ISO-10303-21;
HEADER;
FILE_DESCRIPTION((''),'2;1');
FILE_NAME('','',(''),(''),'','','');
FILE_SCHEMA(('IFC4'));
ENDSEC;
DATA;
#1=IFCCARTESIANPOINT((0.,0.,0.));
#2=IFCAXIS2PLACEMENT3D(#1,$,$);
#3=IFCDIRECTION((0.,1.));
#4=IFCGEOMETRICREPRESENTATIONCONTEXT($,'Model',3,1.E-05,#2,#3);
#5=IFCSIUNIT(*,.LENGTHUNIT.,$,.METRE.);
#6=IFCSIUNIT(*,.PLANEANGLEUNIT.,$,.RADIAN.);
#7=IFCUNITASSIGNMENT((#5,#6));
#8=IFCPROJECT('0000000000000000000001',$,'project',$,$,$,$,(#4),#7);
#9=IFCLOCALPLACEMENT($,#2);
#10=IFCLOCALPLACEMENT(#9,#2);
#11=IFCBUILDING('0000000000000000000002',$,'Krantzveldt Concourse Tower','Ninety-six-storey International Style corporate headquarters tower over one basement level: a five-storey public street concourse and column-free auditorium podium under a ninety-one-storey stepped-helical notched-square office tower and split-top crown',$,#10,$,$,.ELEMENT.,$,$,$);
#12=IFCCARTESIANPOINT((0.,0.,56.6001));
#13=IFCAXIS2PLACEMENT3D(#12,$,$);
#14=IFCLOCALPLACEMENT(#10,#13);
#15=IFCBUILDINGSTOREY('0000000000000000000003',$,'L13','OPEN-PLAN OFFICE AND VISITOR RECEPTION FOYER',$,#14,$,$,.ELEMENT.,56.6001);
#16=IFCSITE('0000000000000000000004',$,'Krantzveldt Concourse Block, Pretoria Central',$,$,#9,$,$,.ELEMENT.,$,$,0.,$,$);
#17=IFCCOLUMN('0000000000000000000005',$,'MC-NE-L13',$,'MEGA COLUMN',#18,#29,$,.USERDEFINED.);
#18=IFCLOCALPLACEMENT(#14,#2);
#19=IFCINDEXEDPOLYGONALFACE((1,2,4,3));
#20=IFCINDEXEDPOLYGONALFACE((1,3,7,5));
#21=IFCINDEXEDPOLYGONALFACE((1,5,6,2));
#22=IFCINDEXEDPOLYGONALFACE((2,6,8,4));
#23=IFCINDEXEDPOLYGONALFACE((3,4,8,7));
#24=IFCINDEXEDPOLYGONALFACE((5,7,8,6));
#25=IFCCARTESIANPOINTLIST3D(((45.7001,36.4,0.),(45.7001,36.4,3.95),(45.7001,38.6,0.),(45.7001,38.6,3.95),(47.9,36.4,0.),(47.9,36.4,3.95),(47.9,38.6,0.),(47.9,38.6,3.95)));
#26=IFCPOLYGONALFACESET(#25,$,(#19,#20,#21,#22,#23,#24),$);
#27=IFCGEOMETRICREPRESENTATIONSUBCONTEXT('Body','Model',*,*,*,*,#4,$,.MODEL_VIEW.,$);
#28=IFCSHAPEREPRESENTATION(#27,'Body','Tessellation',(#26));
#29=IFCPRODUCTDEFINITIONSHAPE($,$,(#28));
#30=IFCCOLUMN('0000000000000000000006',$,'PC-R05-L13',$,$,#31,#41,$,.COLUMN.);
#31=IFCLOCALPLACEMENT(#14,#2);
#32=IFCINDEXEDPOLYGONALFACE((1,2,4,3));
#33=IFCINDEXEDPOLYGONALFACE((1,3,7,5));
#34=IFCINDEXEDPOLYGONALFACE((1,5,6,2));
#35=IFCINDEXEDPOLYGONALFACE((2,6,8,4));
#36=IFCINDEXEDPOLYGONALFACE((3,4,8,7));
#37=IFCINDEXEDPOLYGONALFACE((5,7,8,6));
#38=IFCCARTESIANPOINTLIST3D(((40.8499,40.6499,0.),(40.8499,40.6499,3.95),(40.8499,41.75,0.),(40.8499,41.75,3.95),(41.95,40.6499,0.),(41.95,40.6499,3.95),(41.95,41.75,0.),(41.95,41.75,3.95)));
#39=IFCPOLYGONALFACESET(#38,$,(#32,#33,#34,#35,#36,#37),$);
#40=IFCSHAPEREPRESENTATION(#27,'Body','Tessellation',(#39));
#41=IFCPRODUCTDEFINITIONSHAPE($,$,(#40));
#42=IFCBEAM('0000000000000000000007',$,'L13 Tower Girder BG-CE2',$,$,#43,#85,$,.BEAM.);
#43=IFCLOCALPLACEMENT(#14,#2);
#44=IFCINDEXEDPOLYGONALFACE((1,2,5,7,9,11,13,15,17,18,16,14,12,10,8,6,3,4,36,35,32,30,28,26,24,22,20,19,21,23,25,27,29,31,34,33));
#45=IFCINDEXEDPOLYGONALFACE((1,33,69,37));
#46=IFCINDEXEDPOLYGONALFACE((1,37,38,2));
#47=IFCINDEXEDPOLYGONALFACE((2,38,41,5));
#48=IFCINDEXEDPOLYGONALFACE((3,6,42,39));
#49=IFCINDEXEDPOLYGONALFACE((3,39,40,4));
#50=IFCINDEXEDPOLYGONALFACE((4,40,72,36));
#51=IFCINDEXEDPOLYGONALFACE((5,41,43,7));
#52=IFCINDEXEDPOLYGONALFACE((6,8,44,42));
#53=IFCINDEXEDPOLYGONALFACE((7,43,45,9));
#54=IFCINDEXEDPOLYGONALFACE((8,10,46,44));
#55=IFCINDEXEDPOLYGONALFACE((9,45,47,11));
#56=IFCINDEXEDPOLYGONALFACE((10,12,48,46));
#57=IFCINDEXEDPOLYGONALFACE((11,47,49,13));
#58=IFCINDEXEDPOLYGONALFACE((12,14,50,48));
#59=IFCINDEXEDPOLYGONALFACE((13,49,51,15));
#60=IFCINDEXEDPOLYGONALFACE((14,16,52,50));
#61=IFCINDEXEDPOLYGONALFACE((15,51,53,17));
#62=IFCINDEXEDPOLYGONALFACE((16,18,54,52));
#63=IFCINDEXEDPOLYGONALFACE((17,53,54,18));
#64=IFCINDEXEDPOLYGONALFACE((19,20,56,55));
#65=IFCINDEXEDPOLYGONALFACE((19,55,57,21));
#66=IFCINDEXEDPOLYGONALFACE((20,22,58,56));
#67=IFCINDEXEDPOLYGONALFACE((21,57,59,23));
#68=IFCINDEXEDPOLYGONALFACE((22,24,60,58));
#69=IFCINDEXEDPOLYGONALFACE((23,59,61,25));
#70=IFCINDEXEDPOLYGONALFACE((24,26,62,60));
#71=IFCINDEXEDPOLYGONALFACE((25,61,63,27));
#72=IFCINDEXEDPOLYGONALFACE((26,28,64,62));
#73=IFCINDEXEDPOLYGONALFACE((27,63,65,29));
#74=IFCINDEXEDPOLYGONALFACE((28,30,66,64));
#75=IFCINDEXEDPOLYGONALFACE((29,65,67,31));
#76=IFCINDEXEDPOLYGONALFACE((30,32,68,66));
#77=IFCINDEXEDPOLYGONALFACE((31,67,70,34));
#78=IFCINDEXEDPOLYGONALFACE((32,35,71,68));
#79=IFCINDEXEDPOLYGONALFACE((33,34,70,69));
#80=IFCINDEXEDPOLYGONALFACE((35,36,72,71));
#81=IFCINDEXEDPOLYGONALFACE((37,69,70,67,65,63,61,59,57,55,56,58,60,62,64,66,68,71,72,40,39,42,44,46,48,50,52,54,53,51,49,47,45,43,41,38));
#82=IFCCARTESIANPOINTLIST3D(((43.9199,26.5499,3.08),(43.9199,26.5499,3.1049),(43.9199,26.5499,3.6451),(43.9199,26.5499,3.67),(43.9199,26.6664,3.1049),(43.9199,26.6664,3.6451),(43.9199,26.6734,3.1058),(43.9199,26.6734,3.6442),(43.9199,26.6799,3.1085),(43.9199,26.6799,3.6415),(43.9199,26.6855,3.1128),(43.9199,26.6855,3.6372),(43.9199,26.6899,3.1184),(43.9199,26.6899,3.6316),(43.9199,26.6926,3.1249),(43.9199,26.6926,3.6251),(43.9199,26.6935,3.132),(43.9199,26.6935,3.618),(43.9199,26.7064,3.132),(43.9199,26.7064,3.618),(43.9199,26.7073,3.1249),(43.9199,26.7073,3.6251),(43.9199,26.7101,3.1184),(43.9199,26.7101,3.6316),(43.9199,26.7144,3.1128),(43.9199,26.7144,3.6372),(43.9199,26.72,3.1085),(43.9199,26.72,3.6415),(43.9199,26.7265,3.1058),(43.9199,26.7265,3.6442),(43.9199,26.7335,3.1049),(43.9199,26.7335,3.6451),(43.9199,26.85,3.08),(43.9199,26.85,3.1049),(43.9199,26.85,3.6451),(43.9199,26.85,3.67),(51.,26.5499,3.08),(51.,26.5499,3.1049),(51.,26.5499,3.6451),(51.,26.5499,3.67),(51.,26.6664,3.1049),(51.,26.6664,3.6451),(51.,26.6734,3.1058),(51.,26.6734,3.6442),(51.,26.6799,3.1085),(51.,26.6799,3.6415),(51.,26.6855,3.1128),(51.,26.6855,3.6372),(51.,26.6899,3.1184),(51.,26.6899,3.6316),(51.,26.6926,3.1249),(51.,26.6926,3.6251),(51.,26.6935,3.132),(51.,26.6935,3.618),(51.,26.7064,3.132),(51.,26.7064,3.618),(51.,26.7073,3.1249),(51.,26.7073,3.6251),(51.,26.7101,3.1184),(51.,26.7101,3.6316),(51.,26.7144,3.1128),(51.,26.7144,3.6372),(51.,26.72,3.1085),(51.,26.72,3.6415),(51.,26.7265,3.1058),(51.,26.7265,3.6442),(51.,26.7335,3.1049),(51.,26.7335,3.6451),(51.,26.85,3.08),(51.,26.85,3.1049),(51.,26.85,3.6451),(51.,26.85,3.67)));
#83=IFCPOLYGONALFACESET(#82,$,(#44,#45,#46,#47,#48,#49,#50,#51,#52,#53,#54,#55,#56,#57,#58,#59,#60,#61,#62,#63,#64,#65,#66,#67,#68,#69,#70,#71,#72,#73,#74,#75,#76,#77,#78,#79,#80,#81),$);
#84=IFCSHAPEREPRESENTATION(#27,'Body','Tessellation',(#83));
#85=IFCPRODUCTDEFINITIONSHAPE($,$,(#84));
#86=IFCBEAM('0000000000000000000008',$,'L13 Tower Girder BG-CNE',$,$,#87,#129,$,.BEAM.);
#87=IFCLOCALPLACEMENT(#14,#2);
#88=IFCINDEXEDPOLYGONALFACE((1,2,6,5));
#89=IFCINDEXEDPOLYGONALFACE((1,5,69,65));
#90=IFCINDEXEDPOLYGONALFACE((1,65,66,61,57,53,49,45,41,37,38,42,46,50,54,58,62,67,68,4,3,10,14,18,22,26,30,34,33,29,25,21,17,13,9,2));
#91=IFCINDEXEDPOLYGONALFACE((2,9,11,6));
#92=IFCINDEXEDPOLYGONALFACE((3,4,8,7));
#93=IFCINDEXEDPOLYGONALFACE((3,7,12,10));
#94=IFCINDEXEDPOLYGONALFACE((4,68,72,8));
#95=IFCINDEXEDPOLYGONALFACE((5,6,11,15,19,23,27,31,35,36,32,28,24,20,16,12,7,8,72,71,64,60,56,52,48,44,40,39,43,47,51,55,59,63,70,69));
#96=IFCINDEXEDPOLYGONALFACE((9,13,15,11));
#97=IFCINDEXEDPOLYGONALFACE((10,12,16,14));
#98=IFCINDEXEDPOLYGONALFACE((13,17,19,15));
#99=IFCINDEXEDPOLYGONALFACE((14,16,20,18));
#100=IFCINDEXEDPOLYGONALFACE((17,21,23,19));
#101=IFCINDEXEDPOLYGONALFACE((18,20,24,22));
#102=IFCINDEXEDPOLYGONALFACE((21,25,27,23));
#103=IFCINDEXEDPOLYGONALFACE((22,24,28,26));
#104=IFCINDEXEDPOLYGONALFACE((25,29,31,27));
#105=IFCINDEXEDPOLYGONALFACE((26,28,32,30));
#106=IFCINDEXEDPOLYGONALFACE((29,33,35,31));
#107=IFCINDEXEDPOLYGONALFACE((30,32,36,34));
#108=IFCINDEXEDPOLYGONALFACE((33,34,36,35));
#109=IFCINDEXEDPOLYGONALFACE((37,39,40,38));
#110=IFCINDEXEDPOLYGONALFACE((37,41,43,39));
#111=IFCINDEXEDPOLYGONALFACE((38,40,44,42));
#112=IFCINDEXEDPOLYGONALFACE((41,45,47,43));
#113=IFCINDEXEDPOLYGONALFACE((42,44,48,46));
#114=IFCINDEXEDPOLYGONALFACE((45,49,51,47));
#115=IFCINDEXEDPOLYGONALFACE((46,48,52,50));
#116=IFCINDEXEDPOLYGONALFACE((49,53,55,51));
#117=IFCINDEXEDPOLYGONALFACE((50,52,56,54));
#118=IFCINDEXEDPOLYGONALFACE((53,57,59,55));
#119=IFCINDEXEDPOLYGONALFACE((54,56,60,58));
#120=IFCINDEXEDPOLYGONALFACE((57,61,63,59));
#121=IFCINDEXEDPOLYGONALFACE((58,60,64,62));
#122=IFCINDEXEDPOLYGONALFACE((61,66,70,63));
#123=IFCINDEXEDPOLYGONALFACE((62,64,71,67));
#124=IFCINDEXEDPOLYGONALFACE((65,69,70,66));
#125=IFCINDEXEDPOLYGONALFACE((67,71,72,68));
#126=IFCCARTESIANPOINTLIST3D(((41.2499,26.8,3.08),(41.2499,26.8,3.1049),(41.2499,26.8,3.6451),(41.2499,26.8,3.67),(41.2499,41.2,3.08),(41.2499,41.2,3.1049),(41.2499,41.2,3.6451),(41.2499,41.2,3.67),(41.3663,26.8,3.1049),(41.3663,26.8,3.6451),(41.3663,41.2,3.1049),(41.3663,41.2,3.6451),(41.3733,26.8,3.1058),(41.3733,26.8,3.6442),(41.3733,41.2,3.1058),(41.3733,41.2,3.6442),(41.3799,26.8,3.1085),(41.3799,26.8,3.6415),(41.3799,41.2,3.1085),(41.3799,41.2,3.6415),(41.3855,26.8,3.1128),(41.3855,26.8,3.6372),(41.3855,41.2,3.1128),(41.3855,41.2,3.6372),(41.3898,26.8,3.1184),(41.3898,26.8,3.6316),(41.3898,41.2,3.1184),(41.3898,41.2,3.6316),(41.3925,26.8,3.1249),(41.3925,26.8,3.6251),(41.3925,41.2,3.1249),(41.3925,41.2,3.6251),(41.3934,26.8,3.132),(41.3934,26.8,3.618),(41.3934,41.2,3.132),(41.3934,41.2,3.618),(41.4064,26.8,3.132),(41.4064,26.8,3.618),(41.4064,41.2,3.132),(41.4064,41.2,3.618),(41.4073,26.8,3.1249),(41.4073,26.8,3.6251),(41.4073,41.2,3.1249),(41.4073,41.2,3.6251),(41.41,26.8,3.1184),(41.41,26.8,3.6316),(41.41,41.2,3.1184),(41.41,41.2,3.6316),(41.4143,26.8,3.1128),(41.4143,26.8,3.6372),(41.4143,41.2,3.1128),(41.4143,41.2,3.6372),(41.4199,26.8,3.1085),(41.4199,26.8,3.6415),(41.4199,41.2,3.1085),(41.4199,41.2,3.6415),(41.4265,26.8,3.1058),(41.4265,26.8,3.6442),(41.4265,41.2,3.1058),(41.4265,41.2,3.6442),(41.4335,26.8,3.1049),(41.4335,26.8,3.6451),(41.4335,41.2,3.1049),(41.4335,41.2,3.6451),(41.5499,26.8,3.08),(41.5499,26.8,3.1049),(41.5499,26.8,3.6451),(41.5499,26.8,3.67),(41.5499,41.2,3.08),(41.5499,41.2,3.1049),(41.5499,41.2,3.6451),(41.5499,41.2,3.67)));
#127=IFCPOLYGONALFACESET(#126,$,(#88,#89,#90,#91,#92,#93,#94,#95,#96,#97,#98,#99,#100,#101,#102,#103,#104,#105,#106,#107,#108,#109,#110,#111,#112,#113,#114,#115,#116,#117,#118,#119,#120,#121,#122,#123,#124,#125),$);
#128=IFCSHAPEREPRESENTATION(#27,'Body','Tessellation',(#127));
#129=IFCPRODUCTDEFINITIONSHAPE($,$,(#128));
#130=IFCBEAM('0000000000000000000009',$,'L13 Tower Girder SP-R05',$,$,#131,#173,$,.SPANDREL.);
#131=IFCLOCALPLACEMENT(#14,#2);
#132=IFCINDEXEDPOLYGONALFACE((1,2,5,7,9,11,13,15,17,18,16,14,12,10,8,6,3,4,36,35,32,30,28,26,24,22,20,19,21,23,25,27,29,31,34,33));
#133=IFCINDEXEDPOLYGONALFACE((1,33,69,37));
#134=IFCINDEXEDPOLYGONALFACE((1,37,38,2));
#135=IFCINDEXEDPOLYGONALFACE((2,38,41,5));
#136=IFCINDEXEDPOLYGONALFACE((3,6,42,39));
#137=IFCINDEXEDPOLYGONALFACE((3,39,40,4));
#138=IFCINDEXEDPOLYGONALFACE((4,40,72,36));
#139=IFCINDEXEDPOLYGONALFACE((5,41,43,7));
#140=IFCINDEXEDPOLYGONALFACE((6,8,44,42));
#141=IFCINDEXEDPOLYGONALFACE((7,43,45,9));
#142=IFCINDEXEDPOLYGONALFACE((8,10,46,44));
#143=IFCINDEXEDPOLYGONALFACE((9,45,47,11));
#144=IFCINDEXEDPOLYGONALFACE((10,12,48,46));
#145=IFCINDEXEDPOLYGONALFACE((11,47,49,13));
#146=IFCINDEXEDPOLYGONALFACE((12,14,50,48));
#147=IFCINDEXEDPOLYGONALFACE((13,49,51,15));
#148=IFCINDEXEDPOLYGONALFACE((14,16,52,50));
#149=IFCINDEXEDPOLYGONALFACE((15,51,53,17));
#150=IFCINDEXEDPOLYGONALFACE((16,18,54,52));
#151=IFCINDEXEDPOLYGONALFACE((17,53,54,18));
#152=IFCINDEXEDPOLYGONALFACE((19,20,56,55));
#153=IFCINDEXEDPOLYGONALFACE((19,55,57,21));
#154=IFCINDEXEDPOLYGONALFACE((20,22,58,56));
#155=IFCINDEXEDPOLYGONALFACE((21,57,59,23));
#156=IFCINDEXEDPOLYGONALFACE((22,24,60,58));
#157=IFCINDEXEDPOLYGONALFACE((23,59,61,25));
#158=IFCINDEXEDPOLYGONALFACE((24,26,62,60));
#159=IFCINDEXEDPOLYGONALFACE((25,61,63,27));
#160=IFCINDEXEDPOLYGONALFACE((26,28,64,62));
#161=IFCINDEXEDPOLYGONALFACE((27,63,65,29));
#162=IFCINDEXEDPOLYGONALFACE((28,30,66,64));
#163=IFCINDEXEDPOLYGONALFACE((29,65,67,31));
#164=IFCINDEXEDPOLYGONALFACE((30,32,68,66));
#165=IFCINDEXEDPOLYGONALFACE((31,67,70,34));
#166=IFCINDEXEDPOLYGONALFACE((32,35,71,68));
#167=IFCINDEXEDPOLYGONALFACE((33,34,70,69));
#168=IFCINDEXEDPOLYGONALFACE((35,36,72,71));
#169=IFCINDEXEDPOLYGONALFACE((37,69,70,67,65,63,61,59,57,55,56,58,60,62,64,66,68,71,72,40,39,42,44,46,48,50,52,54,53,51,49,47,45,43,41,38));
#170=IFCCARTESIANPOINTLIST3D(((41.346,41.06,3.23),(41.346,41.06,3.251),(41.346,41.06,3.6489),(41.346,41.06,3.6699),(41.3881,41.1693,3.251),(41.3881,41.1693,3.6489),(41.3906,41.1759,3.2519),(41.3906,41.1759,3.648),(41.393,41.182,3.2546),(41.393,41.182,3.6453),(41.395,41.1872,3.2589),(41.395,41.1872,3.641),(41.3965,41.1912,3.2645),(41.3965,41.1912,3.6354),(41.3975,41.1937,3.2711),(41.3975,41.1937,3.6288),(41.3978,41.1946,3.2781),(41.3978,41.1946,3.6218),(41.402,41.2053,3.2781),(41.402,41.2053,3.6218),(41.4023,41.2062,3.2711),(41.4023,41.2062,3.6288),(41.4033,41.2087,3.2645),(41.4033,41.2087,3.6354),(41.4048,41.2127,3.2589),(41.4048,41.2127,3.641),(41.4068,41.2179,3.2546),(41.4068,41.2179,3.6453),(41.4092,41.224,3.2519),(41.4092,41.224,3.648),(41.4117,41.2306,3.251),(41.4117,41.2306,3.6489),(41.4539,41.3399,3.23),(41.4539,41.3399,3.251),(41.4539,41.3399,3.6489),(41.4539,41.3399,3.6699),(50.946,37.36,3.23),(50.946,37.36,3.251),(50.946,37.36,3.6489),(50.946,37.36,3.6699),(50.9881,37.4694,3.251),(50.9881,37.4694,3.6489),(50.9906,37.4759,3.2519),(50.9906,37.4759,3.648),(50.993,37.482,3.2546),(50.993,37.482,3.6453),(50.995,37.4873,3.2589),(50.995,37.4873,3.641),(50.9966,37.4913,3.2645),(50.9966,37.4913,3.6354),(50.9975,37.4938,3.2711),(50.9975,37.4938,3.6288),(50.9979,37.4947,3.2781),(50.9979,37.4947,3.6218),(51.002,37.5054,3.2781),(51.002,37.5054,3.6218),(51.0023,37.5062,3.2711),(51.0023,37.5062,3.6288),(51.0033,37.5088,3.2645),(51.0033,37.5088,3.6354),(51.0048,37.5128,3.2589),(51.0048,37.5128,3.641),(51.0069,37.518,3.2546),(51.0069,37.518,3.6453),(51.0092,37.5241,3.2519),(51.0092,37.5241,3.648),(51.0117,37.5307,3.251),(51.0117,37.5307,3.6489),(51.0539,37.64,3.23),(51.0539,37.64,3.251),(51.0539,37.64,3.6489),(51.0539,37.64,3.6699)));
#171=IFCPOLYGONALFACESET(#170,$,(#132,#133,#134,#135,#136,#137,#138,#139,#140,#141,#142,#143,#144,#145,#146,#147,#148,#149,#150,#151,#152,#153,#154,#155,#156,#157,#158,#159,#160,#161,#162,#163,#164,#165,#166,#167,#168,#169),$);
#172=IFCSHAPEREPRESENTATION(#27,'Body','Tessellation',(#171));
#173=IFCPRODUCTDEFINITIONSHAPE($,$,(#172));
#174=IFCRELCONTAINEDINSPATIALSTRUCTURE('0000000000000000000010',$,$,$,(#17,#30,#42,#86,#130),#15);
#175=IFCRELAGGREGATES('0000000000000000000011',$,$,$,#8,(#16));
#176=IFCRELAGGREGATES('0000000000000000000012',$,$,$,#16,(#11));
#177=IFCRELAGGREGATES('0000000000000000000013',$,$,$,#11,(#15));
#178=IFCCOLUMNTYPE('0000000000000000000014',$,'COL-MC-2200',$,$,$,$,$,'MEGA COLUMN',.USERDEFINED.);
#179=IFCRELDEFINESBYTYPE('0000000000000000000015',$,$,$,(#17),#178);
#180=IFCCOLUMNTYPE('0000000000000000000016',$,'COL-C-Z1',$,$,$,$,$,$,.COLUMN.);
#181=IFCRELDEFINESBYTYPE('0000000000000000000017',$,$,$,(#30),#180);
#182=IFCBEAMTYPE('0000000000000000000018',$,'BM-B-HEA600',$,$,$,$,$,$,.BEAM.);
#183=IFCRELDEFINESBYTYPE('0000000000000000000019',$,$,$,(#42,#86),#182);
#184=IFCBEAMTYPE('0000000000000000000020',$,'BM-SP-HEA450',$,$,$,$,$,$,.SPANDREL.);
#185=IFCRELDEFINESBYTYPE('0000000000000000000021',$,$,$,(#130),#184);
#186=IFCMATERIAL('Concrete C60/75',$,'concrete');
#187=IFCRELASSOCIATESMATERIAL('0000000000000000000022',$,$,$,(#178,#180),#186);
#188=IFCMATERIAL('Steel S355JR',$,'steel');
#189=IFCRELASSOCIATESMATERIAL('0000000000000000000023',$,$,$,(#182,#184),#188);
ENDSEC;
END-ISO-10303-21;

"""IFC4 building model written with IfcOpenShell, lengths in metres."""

from ifc_helpers import new_model, si_unit, direction, frame, origin, origin_2d, place, context, subcontext, project, spatial, rectangle, i_section, extrude, source, transform, mapped, material, material_profile, profile_set, type_object, type_shapes, element, save


model = new_model("IFC4")

# Units and contexts
model_context = context("Model", 3, precision=1e-05, world=origin(), true_north=direction((0.0, 1.0)))
body_context = subcontext(model_context, "Body", "Model", "MODEL_VIEW")
ifc_project = project(units=[si_unit("LENGTHUNIT", "METRE"), si_unit("PLANEANGLEUNIT", "RADIAN")], contexts=[model_context])

# Site, building, storey
site_placement = place(None, origin())
site = spatial("IfcSite", under=ifc_project, at=site_placement, Name="Krantzveldt Concourse Block, Pretoria Central", CompositionType="ELEMENT", RefElevation=0.0)
building_placement = place(site_placement, origin())
building = spatial("IfcBuilding", under=site, at=building_placement, Name="Krantzveldt Concourse Tower", Description="Ninety-six-storey International Style corporate headquarters tower over one basement level: a five-storey public street concourse and column-free auditorium podium under a ninety-one-storey stepped-helical notched-square office tower and split-top crown", CompositionType="ELEMENT")
storey_placement = place(building_placement, frame((0.0, 0.0, 56.6001)))
storey = spatial("IfcBuildingStorey", under=building, at=storey_placement, Name="L13", Description="OPEN-PLAN OFFICE AND VISITOR RECEPTION FOYER", CompositionType="ELEMENT", Elevation=56.6001)

# Columns
ifc_material_1 = material(Name="Concrete C60/75", Category="concrete")
ifc_material_profile_1 = material_profile(ifc_material_1, rectangle(XDim=2.2, YDim=2.2, at=origin_2d()), Name="Concrete C60/75", Category="concrete")
ifc_profile_set_1 = profile_set([ifc_material_profile_1], Name="Concrete C60/75 - RC 2200x2200")
column_type_1 = type_object("IfcColumnType", Name="COL-MC-2200", ElementType="MEGA COLUMN", PredefinedType="USERDEFINED", material=ifc_profile_set_1)
shared_shape_1 = source(origin(), body_context, "Body", "SweptSolid", [
    extrude(rectangle(XDim=2.2, YDim=2.2, at=origin_2d()), origin(), (0.0, 0.0, 1.0), 3.95),
])
type_shapes(column_type_1, [shared_shape_1])
column_1_placement = place(storey_placement, frame((46.8, 37.5, 0.0), z_axis=(0.0, 0.0, 1.0), x_axis=(1.0, 0.0, 0.0)))
element("IfcColumn", 1, at=column_1_placement, inside=storey, type_object=column_type_1, Name="MC-NE-L13", ObjectType="MEGA COLUMN", PredefinedType="USERDEFINED", context=body_context, shape_type="MappedRepresentation", body=[
    mapped(shared_shape_1, transform((0.0, 0.0, 0.0), x_axis=(1.0, 0.0, 0.0), y_axis=(0.0, 1.0, 0.0), z_axis=(0.0, 0.0, 1.0), scale=1.0)),
])
ifc_material_profile_2 = material_profile(ifc_material_1, rectangle(XDim=1.1001, YDim=1.1001, at=origin_2d()), Name="Concrete C60/75", Category="concrete")
ifc_profile_set_2 = profile_set([ifc_material_profile_2], Name="Concrete C60/75 - RC 1100x1100")
column_type_2 = type_object("IfcColumnType", Name="COL-C-Z1", PredefinedType="COLUMN", material=ifc_profile_set_2)
shared_shape_2 = source(origin(), body_context, "Body", "SweptSolid", [
    extrude(rectangle(XDim=1.1001, YDim=1.1001, at=origin_2d()), origin(), (0.0, 0.0, 1.0), 3.95),
])
type_shapes(column_type_2, [shared_shape_2])
column_2_placement = place(storey_placement, frame((41.3999, 41.2, 0.0), z_axis=(0.0, 0.0, 1.0), x_axis=(1.0, 0.0, 0.0)))
element("IfcColumn", 2, at=column_2_placement, inside=storey, type_object=column_type_2, Name="PC-R05-L13", PredefinedType="COLUMN", context=body_context, shape_type="MappedRepresentation", body=[
    mapped(shared_shape_2, transform((0.0, 0.0, 0.0), x_axis=(1.0, 0.0, 0.0), y_axis=(0.0, 1.0, 0.0), z_axis=(0.0, 0.0, 1.0), scale=1.0)),
])

# Beams
ifc_material_2 = material(Name="Steel S355JR", Category="steel")
ifc_material_profile_3 = material_profile(ifc_material_2, i_section(OverallWidth=0.3, OverallDepth=0.5901, WebThickness=0.0129, FlangeThickness=0.0249, FilletRadius=0.0271, at=origin_2d()), Name="Steel S355JR", Category="steel")
ifc_profile_set_3 = profile_set([ifc_material_profile_3], Name="Steel S355JR - HEA 600")
beam_type_1 = type_object("IfcBeamType", Name="BM-B-HEA600", PredefinedType="BEAM", material=ifc_profile_set_3)
shared_shape_3 = source(origin(), body_context, "Body", "SweptSolid", [
    extrude(i_section(OverallWidth=0.3, OverallDepth=0.5901, WebThickness=0.0129, FlangeThickness=0.0249, FilletRadius=0.0271, at=origin_2d()), origin(), (0.0, 0.0, 1.0), 7.0801),
])
beam_1_placement = place(storey_placement, frame((43.9199, 26.7, 3.375), z_axis=(1.0, 0.0, 0.0), x_axis=(0.0, 1.0, 0.0)))
element("IfcBeam", 3, at=beam_1_placement, inside=storey, type_object=beam_type_1, Name="L13 Tower Girder BG-CE2", PredefinedType="BEAM", context=body_context, shape_type="MappedRepresentation", body=[
    mapped(shared_shape_3, transform((0.0, 0.0, 0.0), x_axis=(1.0, 0.0, 0.0), y_axis=(0.0, 1.0, 0.0), z_axis=(0.0, 0.0, 1.0), scale=1.0)),
])
shared_shape_4 = source(origin(), body_context, "Body", "SweptSolid", [
    extrude(i_section(OverallWidth=0.3, OverallDepth=0.5901, WebThickness=0.0129, FlangeThickness=0.0249, FilletRadius=0.0271, at=origin_2d()), origin(), (0.0, 0.0, 1.0), 14.3999),
])
beam_2_placement = place(storey_placement, frame((41.3999, 26.8, 3.375), z_axis=(0.0, 1.0, 0.0), x_axis=(-1.0, 0.0, 0.0)))
element("IfcBeam", 4, at=beam_2_placement, inside=storey, type_object=beam_type_1, Name="L13 Tower Girder BG-CNE", PredefinedType="BEAM", context=body_context, shape_type="MappedRepresentation", body=[
    mapped(shared_shape_4, transform((0.0, 0.0, 0.0), x_axis=(1.0, 0.0, 0.0), y_axis=(0.0, 1.0, 0.0), z_axis=(0.0, 0.0, 1.0), scale=1.0)),
])
ifc_material_profile_4 = material_profile(ifc_material_2, i_section(OverallWidth=0.3, OverallDepth=0.4399, WebThickness=0.0115, FlangeThickness=0.021, FilletRadius=0.0271, at=origin_2d()), Name="Steel S355JR", Category="steel")
ifc_profile_set_4 = profile_set([ifc_material_profile_4], Name="Steel S355JR - HEA 450")
beam_type_2 = type_object("IfcBeamType", Name="BM-SP-HEA450", PredefinedType="SPANDREL", material=ifc_profile_set_4)
shared_shape_5 = source(origin(), body_context, "Body", "SweptSolid", [
    extrude(i_section(OverallWidth=0.3, OverallDepth=0.4399, WebThickness=0.0115, FlangeThickness=0.021, FilletRadius=0.0271, at=origin_2d()), origin(), (0.0, 0.0, 1.0), 10.2883),
])
type_shapes(beam_type_2, [shared_shape_5])
beam_3_placement = place(storey_placement, frame((41.3999, 41.2, 3.45), z_axis=(0.933098, -0.359623, 0.0), x_axis=(0.359623, 0.933098, 0.0)))
element("IfcBeam", 5, at=beam_3_placement, inside=storey, type_object=beam_type_2, Name="L13 Tower Girder SP-R05", PredefinedType="SPANDREL", context=body_context, shape_type="MappedRepresentation", body=[
    mapped(shared_shape_5, transform((0.0, 0.0, 0.0), x_axis=(1.0, 0.0, 0.0), y_axis=(0.0, 1.0, 0.0), z_axis=(0.0, 0.0, 1.0), scale=1.0)),
])

save(model, "model.ifc")
